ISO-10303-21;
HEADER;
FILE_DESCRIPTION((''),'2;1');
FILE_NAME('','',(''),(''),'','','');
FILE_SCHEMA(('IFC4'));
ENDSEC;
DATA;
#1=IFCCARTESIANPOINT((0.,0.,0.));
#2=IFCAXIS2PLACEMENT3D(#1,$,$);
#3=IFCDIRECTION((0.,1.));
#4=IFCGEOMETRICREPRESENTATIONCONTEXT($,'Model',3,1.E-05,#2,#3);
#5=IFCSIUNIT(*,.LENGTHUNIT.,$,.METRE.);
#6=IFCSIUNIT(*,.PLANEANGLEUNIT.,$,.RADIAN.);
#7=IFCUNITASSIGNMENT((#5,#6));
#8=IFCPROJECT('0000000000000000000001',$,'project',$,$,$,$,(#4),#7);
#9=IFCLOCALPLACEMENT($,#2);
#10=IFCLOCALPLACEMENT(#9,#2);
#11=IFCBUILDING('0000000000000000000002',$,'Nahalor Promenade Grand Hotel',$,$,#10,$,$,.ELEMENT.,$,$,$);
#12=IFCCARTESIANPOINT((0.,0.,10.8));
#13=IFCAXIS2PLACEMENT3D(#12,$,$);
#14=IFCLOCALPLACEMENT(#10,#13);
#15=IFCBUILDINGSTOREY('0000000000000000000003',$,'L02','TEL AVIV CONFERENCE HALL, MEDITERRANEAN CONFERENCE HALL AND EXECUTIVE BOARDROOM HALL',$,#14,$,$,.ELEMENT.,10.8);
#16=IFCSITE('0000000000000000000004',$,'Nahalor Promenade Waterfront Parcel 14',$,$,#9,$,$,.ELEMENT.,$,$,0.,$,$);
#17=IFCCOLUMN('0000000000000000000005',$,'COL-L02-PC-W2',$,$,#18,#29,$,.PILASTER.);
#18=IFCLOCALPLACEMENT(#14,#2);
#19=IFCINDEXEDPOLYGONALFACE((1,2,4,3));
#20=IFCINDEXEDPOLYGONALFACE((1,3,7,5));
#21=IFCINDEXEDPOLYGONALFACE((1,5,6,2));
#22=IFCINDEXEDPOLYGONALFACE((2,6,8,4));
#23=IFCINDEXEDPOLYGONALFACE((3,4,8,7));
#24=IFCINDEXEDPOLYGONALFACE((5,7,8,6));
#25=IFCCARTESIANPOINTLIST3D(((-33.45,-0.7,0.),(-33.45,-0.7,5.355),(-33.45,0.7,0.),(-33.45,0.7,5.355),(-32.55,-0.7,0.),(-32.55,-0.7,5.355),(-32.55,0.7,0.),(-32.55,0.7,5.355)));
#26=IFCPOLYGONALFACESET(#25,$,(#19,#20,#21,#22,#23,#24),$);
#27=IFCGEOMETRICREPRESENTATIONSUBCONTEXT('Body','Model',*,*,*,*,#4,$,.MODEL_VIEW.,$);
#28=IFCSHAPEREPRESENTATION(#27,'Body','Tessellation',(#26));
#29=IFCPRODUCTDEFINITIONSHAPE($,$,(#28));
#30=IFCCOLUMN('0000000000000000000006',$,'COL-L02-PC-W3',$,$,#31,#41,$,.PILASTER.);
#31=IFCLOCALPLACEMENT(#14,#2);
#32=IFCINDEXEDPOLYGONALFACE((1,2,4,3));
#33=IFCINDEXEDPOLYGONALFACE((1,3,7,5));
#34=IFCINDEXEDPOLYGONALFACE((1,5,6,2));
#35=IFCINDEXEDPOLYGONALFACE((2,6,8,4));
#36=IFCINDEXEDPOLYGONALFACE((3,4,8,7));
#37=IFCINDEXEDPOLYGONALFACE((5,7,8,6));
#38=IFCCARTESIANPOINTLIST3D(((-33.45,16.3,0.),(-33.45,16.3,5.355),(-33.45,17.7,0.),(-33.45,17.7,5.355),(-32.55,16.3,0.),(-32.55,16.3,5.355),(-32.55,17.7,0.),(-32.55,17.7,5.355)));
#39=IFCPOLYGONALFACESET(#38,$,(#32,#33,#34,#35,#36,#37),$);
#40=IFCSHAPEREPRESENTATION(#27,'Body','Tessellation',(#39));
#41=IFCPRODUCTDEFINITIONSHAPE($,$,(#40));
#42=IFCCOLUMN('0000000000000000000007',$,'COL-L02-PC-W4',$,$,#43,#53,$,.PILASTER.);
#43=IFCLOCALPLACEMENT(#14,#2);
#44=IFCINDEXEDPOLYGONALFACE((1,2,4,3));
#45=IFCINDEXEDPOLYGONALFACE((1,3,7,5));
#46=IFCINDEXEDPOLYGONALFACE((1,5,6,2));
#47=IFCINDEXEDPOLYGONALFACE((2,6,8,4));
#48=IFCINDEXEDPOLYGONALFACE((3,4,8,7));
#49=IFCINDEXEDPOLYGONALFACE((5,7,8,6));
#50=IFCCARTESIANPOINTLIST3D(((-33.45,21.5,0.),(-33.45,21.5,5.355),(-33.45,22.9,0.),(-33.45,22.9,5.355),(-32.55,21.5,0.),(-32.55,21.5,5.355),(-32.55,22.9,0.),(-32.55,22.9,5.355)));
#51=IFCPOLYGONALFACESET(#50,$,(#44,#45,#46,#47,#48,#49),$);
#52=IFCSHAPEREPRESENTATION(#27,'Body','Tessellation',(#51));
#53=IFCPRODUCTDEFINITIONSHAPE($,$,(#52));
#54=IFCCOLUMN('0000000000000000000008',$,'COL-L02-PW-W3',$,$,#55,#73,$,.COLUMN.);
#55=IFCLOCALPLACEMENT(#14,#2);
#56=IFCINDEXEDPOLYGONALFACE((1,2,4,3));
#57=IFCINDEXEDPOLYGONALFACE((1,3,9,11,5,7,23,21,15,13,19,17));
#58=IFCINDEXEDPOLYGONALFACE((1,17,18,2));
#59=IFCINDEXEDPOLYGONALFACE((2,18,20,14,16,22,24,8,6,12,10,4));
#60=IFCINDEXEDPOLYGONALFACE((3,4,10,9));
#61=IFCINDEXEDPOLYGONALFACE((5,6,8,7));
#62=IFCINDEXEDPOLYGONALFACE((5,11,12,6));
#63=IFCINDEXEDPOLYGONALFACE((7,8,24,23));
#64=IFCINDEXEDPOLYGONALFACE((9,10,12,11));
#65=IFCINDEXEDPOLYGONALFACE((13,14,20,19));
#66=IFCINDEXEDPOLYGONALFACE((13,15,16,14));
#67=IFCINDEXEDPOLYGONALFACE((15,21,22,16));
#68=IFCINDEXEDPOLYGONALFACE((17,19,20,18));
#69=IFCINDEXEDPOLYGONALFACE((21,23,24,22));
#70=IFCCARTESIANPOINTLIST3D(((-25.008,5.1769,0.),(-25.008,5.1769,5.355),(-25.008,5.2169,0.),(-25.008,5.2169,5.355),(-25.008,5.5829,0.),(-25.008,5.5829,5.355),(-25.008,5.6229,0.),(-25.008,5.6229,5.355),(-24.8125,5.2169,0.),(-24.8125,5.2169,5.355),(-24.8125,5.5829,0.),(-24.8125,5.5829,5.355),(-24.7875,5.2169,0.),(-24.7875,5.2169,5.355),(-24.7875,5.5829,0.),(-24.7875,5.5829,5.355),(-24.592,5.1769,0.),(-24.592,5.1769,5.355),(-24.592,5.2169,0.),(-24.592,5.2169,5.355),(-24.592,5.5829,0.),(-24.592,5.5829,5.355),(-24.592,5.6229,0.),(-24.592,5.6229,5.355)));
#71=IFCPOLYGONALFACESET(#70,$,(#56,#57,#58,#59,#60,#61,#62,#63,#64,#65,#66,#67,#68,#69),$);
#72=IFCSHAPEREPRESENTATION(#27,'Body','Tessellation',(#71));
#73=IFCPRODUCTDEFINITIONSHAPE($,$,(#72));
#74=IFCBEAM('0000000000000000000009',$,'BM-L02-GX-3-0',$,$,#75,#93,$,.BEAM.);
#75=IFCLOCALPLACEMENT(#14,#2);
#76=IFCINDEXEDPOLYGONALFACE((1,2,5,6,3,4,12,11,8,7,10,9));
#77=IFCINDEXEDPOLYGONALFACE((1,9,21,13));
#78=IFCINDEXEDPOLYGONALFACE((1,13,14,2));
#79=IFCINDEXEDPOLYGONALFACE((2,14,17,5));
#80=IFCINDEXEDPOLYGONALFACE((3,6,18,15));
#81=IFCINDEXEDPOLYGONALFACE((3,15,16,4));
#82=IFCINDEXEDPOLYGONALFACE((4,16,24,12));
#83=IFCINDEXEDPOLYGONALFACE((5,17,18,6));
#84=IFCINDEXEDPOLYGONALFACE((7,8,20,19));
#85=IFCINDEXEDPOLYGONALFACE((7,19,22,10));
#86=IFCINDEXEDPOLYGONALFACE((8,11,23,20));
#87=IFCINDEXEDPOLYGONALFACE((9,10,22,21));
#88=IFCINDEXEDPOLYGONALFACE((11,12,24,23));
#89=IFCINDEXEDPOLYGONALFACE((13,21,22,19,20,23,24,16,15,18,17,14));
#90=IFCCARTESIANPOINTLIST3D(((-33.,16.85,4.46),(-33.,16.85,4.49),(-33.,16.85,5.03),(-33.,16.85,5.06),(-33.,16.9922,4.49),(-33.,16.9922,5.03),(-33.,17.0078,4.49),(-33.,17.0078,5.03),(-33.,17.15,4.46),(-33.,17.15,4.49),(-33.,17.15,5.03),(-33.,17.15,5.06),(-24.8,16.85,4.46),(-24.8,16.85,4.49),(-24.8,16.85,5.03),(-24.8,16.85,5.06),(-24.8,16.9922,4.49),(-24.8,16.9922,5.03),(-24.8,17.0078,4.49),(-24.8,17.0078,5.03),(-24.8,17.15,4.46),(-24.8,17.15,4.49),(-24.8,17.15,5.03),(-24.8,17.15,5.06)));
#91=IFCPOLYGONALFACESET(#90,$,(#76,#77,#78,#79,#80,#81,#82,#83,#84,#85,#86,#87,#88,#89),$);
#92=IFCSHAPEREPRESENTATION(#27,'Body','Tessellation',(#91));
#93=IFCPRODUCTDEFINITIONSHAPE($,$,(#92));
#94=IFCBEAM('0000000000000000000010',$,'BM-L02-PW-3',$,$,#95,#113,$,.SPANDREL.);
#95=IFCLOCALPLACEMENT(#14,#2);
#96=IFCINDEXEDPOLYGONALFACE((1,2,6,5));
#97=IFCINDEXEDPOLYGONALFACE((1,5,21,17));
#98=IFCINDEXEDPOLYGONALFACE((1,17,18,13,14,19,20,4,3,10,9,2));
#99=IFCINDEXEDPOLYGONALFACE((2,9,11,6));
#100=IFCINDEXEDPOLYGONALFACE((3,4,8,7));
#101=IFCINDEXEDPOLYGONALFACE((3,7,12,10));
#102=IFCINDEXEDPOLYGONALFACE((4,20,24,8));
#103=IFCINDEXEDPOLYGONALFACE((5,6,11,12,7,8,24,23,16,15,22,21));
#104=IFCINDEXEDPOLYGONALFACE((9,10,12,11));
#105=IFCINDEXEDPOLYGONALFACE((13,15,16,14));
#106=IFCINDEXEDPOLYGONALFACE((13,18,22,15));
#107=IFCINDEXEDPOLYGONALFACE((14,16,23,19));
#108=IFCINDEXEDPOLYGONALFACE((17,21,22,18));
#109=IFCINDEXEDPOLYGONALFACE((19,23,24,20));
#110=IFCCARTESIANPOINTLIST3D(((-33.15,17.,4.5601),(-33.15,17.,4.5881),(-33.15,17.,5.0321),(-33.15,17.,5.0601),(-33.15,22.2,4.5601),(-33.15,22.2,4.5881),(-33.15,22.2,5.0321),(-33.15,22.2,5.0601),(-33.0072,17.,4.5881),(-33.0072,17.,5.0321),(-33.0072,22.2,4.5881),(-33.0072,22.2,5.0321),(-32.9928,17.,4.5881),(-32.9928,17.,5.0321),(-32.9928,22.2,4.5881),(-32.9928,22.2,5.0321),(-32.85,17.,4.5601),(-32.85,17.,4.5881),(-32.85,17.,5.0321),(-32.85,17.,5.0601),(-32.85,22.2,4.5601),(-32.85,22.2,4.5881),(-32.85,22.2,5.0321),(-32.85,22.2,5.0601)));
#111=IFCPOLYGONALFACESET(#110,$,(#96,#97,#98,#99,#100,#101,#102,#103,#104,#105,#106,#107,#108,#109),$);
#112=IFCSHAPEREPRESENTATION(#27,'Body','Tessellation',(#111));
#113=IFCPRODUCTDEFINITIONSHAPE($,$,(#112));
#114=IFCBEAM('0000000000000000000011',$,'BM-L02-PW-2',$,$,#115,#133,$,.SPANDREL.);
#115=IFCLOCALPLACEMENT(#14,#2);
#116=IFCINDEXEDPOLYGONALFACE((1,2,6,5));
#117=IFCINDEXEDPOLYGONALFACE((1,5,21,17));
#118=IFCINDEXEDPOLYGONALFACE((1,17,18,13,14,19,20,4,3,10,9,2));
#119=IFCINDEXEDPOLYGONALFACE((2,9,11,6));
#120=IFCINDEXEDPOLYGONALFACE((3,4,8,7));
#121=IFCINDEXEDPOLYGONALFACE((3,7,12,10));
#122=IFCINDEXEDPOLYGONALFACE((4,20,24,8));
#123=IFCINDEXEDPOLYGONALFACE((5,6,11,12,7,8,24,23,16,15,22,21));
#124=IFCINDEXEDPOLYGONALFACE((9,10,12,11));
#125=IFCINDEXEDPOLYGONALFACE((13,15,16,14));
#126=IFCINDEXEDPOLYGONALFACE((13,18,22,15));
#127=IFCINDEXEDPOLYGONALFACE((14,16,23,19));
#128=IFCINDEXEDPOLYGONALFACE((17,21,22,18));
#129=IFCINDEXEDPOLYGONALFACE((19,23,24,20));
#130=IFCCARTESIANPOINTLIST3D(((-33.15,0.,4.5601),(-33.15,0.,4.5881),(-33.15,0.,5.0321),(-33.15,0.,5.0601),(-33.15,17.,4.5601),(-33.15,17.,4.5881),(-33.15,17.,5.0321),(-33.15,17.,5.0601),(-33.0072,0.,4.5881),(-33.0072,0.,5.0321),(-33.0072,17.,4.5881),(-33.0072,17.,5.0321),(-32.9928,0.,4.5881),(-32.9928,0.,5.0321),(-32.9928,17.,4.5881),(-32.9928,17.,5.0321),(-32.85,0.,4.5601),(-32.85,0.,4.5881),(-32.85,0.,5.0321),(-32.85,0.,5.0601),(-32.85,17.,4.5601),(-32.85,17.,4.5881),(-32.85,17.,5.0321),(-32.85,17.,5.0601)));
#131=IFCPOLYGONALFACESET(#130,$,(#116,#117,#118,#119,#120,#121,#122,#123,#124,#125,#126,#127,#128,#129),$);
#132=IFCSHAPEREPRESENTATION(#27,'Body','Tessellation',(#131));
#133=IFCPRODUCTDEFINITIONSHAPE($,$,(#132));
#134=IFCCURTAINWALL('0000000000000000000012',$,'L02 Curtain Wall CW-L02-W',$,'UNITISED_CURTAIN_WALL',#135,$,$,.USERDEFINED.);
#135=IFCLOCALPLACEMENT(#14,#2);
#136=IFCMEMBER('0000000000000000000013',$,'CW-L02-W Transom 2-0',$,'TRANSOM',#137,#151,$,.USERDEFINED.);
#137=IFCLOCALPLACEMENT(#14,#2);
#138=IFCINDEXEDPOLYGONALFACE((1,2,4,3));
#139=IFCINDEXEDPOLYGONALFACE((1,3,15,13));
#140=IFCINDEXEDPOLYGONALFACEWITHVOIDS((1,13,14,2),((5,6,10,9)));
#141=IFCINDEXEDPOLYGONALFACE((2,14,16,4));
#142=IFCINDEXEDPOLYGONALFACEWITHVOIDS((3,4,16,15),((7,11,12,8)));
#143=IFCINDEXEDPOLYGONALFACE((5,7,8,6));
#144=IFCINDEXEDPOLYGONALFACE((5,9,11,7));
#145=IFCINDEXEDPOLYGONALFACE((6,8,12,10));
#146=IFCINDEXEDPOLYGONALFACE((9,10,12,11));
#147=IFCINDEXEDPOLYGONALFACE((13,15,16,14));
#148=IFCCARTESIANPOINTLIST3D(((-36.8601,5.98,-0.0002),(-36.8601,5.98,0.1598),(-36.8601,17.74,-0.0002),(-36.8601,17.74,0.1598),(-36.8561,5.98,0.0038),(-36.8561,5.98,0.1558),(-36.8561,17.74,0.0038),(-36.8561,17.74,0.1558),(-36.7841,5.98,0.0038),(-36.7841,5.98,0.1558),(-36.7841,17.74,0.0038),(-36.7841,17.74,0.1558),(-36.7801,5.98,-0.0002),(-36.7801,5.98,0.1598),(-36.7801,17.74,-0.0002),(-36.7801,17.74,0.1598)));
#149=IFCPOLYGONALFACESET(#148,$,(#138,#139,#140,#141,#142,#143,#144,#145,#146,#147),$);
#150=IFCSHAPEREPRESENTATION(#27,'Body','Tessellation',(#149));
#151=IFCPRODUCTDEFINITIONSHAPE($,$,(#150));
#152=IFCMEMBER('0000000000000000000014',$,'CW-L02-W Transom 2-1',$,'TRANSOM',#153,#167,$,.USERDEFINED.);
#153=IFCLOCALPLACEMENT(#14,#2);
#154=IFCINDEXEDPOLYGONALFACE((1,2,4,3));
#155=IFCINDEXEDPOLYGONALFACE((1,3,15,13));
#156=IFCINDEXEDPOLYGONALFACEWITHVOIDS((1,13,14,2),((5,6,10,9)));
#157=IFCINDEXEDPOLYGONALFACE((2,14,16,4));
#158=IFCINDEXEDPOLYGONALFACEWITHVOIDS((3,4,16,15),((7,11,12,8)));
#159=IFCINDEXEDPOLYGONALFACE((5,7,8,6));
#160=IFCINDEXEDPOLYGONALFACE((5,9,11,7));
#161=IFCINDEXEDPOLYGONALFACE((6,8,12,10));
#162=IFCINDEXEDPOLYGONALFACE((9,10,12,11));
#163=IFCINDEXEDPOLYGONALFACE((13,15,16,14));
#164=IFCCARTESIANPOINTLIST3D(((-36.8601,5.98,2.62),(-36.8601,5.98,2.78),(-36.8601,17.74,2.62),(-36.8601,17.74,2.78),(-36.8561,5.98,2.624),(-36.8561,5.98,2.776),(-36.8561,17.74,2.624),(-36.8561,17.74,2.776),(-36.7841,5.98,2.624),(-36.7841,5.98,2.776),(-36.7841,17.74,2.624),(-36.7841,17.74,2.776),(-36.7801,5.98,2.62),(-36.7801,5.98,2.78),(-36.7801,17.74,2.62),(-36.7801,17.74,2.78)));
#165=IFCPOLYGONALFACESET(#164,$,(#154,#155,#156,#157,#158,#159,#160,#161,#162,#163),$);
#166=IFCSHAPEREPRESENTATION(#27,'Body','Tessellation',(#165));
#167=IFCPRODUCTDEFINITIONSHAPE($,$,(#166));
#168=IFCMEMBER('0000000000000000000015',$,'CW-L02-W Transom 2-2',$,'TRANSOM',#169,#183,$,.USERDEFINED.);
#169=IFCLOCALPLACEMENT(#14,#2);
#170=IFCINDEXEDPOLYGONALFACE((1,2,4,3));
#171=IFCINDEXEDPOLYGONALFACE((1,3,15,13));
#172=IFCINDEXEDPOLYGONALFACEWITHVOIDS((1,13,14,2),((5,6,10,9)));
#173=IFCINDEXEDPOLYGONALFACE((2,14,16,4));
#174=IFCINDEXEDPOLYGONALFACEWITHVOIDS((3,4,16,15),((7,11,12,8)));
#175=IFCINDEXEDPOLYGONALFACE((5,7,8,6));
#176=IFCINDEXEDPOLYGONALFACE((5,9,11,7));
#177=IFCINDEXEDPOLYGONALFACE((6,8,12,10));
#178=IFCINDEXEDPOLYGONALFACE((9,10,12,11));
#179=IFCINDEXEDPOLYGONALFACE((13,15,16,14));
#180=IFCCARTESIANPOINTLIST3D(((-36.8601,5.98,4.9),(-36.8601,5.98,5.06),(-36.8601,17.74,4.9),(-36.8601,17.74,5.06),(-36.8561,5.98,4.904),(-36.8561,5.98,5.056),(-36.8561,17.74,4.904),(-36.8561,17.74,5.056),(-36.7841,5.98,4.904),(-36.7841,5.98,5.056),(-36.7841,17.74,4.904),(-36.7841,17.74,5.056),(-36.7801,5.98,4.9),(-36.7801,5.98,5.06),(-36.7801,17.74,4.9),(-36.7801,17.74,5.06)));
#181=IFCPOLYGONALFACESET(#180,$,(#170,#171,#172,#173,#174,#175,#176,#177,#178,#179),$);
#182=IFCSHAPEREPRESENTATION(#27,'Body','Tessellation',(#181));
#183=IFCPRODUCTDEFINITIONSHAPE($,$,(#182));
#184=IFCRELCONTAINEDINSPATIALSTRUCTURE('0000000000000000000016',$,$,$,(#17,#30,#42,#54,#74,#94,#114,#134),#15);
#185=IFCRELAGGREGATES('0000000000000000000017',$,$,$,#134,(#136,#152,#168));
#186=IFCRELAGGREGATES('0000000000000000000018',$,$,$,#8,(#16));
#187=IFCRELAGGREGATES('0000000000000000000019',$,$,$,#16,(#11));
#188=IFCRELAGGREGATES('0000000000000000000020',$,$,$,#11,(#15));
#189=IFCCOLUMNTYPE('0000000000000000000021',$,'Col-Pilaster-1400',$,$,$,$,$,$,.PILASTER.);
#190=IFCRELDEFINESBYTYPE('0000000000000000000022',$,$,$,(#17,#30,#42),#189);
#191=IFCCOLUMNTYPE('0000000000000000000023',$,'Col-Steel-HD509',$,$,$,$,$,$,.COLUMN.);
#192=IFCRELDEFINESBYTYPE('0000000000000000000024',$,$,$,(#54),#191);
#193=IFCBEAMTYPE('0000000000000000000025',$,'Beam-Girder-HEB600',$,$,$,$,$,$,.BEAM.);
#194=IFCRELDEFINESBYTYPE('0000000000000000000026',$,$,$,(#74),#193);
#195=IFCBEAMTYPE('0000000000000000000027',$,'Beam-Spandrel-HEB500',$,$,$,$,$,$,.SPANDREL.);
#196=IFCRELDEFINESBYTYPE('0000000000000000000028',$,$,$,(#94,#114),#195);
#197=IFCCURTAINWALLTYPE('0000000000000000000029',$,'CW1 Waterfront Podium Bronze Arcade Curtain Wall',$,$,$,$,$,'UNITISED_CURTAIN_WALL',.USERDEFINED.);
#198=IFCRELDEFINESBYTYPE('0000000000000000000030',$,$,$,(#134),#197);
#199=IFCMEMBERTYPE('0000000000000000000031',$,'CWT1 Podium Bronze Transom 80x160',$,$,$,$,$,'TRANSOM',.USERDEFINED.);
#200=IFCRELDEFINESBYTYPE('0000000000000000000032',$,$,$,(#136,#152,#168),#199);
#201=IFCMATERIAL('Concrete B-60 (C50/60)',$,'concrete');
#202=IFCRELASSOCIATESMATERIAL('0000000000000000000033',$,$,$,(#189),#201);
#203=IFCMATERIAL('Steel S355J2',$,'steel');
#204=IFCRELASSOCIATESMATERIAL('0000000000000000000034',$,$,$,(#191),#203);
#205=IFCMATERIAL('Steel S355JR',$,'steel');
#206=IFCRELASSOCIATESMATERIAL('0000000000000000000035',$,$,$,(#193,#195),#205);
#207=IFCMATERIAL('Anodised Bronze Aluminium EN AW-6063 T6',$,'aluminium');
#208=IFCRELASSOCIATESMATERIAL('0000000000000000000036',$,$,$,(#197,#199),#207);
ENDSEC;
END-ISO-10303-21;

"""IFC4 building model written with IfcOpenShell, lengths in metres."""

from ifc_helpers import new_model, si_unit, direction, frame, origin, origin_2d, place, context, subcontext, project, spatial, rectangle, hollow_rectangle, i_section, extrude, source, transform, mapped, material, material_profile, profile_set, type_object, element, aggregate, save


model = new_model("IFC4")

# Units and contexts
model_context = context("Model", 3, precision=1e-05, world=origin(), true_north=direction((0.0, 1.0)))
body_context = subcontext(model_context, "Body", "Model", "MODEL_VIEW")
ifc_project = project(units=[si_unit("LENGTHUNIT", "METRE"), si_unit("PLANEANGLEUNIT", "RADIAN")], contexts=[model_context])

# Site, building, storey
site_placement = place(None, origin())
site = spatial("IfcSite", under=ifc_project, at=site_placement, Name="Nahalor Promenade Waterfront Parcel 14", CompositionType="ELEMENT", RefElevation=0.0)
building_placement = place(site_placement, origin())
building = spatial("IfcBuilding", under=site, at=building_placement, Name="Nahalor Promenade Grand Hotel", CompositionType="ELEMENT")
storey_placement = place(building_placement, frame((0.0, 0.0, 10.8)))
storey = spatial("IfcBuildingStorey", under=building, at=storey_placement, Name="L02", Description="TEL AVIV CONFERENCE HALL, MEDITERRANEAN CONFERENCE HALL AND EXECUTIVE BOARDROOM HALL", CompositionType="ELEMENT", Elevation=10.8)

# Columns
ifc_material_1 = material(Name="Concrete B-60 (C50/60)", Category="concrete")
ifc_material_profile_1 = material_profile(ifc_material_1, rectangle(XDim=0.9, YDim=1.4, at=origin_2d()), Name="RC 900x1400")
ifc_profile_set_1 = profile_set([ifc_material_profile_1], Name="Concrete B-60 (C50/60)")
column_type_1 = type_object("IfcColumnType", Name="Col-Pilaster-1400", PredefinedType="PILASTER", material=ifc_profile_set_1)
shared_shape_1 = source(origin(), body_context, "Body", "SweptSolid", [
    extrude(rectangle(XDim=0.9, YDim=1.4, at=origin_2d()), origin(), (0.0, 0.0, 1.0), 5.355),
])
for number, where, z_axis, x_axis, name in (
    (1, (-33.0, 0.0, 0.0), (0.0, 0.0, 1.0), (1.0, 0.0, 0.0), "COL-L02-PC-W2"),
    (2, (-33.0, 17.0, 0.0), (0.0, 0.0, 1.0), (1.0, 0.0, 0.0), "COL-L02-PC-W3"),
    (3, (-33.0, 22.2, 0.0), (0.0, 0.0, 1.0), (1.0, 0.0, 0.0), "COL-L02-PC-W4"),
):
    element("IfcColumn", number, at=place(storey_placement, frame(where, z_axis=z_axis, x_axis=x_axis)), inside=storey, type_object=column_type_1, Name=name, PredefinedType="PILASTER", context=body_context, shape_type="MappedRepresentation", body=[
        mapped(shared_shape_1, transform((0.0, 0.0, 0.0), scale=1.0)),
    ])
ifc_material_2 = material(Name="Steel S355J2", Category="steel")
ifc_material_profile_2 = material_profile(ifc_material_2, i_section(OverallWidth=0.416, OverallDepth=0.446, WebThickness=0.025, FlangeThickness=0.04, at=origin_2d()), Name="HD 400x509")
ifc_profile_set_2 = profile_set([ifc_material_profile_2], Name="Steel S355J2")
column_type_2 = type_object("IfcColumnType", Name="Col-Steel-HD509", PredefinedType="COLUMN", material=ifc_profile_set_2)
shared_shape_2 = source(origin(), body_context, "Body", "SweptSolid", [
    extrude(i_section(OverallWidth=0.416, OverallDepth=0.446, WebThickness=0.025, FlangeThickness=0.04, at=origin_2d()), origin(), (0.0, 0.0, 1.0), 5.355),
])
column_placement = place(storey_placement, frame((-24.8, 5.3999, 0.0), z_axis=(0.0, 0.0, 1.0), x_axis=(1.0, 0.0, 0.0)))
element("IfcColumn", 4, at=column_placement, inside=storey, type_object=column_type_2, Name="COL-L02-PW-W3", PredefinedType="COLUMN", context=body_context, shape_type="MappedRepresentation", body=[
    mapped(shared_shape_2, transform((0.0, 0.0, 0.0), scale=1.0)),
])

# Beams
ifc_material_3 = material(Name="Steel S355JR", Category="steel")
ifc_material_profile_3 = material_profile(ifc_material_3, i_section(OverallWidth=0.3, OverallDepth=0.6, WebThickness=0.0155, FlangeThickness=0.03, at=origin_2d()), Name="HEB 600")
ifc_profile_set_3 = profile_set([ifc_material_profile_3], Name="Steel S355JR")
beam_type_1 = type_object("IfcBeamType", Name="Beam-Girder-HEB600", PredefinedType="BEAM", material=ifc_profile_set_3)
shared_shape_3 = source(origin(), body_context, "Body", "SweptSolid", [
    extrude(i_section(OverallWidth=0.3, OverallDepth=0.6, WebThickness=0.0155, FlangeThickness=0.03, at=origin_2d()), origin(), (0.0, 0.0, 1.0), 8.2),
])
beam_1_placement = place(storey_placement, frame((-33.0, 17.0, 4.76), z_axis=(1.0, 0.0, 0.0), x_axis=(0.0, 1.0, 0.0)))
element("IfcBeam", 5, at=beam_1_placement, inside=storey, type_object=beam_type_1, Name="BM-L02-GX-3-0", PredefinedType="BEAM", context=body_context, shape_type="MappedRepresentation", body=[
    mapped(shared_shape_3, transform((0.0, 0.0, 0.0), scale=1.0)),
])
ifc_material_profile_4 = material_profile(ifc_material_3, i_section(OverallWidth=0.3, OverallDepth=0.5, WebThickness=0.0145, FlangeThickness=0.028, at=origin_2d()), Name="HEB 500")
ifc_profile_set_4 = profile_set([ifc_material_profile_4], Name="Steel S355JR")
beam_type_2 = type_object("IfcBeamType", Name="Beam-Spandrel-HEB500", PredefinedType="SPANDREL", material=ifc_profile_set_4)
shared_shape_4 = source(origin(), body_context, "Body", "SweptSolid", [
    extrude(i_section(OverallWidth=0.3, OverallDepth=0.5, WebThickness=0.0145, FlangeThickness=0.028, at=origin_2d()), origin(), (0.0, 0.0, 1.0), 5.2),
])
beam_2_placement = place(storey_placement, frame((-33.0, 17.0, 4.8101), z_axis=(0.0, 1.0, 0.0), x_axis=(-1.0, 0.0, 0.0)))
element("IfcBeam", 6, at=beam_2_placement, inside=storey, type_object=beam_type_2, Name="BM-L02-PW-3", PredefinedType="SPANDREL", context=body_context, shape_type="MappedRepresentation", body=[
    mapped(shared_shape_4, transform((0.0, 0.0, 0.0), scale=1.0)),
])
shared_shape_5 = source(origin(), body_context, "Body", "SweptSolid", [
    extrude(i_section(OverallWidth=0.3, OverallDepth=0.5, WebThickness=0.0145, FlangeThickness=0.028, at=origin_2d()), origin(), (0.0, 0.0, 1.0), 17.0),
])
beam_3_placement = place(storey_placement, frame((-33.0, 0.0, 4.8101), z_axis=(0.0, 1.0, 0.0), x_axis=(-1.0, 0.0, 0.0)))
element("IfcBeam", 7, at=beam_3_placement, inside=storey, type_object=beam_type_2, Name="BM-L02-PW-2", PredefinedType="SPANDREL", context=body_context, shape_type="MappedRepresentation", body=[
    mapped(shared_shape_5, transform((0.0, 0.0, 0.0), scale=1.0)),
])

# Curtain wall, members
ifc_material_4 = material(Name="Anodised Bronze Aluminium EN AW-6063 T6", Category="aluminium")
curtain_wall_type = type_object("IfcCurtainWallType", Name="CW1 Waterfront Podium Bronze Arcade Curtain Wall", ElementType="UNITISED_CURTAIN_WALL", PredefinedType="USERDEFINED", material=ifc_material_4)
curtain_wall_1_placement = place(storey_placement, origin())
curtain_wall_1 = element("IfcCurtainWall", 8, at=curtain_wall_1_placement, inside=storey, type_object=curtain_wall_type, Name="L02 Curtain Wall CW-L02-W", ObjectType="UNITISED_CURTAIN_WALL", PredefinedType="USERDEFINED")
ifc_material_profile_5 = material_profile(ifc_material_4, hollow_rectangle(XDim=0.08, YDim=0.16, WallThickness=0.004, at=origin_2d()), Name="CWT 80x160x4")
ifc_profile_set_5 = profile_set([ifc_material_profile_5], Name="Anodised Bronze Aluminium EN AW-6063 T6")
member_type_1 = type_object("IfcMemberType", Name="CWT1 Podium Bronze Transom 80x160", ElementType="TRANSOM", PredefinedType="USERDEFINED", material=ifc_profile_set_5)
shared_shape_6 = source(origin(), body_context, "Body", "SweptSolid", [
    extrude(hollow_rectangle(XDim=0.08, YDim=0.16, WallThickness=0.004, at=origin_2d()), origin(), (0.0, 0.0, 1.0), 11.76),
])
member_1_placement = place(storey_placement, frame((-36.8201, 5.98, 0.0798), z_axis=(0.0, 1.0, 0.0), x_axis=(-1.0, 0.0, 0.0)))
member_1 = element("IfcMember", 9, at=member_1_placement, type_object=member_type_1, Name="CW-L02-W Transom 2-0", ObjectType="TRANSOM", PredefinedType="USERDEFINED", context=body_context, shape_type="MappedRepresentation", body=[
    mapped(shared_shape_6, transform((0.0, 0.0, 0.0), scale=1.0)),
])
member_2_placement = place(storey_placement, frame((-36.8201, 5.98, 2.7), z_axis=(0.0, 1.0, 0.0), x_axis=(-1.0, 0.0, 0.0)))
member_2 = element("IfcMember", 10, at=member_2_placement, type_object=member_type_1, Name="CW-L02-W Transom 2-1", ObjectType="TRANSOM", PredefinedType="USERDEFINED", context=body_context, shape_type="MappedRepresentation", body=[
    mapped(shared_shape_6, transform((0.0, 0.0, 0.0), scale=1.0)),
])
member_3_placement = place(storey_placement, frame((-36.8201, 5.98, 4.98), z_axis=(0.0, 1.0, 0.0), x_axis=(-1.0, 0.0, 0.0)))
member_3 = element("IfcMember", 11, at=member_3_placement, type_object=member_type_1, Name="CW-L02-W Transom 2-2", ObjectType="TRANSOM", PredefinedType="USERDEFINED", context=body_context, shape_type="MappedRepresentation", body=[
    mapped(shared_shape_6, transform((0.0, 0.0, 0.0), scale=1.0)),
])

aggregate(curtain_wall_1, [member_1, member_2, member_3])

save(model, "model.ifc")
